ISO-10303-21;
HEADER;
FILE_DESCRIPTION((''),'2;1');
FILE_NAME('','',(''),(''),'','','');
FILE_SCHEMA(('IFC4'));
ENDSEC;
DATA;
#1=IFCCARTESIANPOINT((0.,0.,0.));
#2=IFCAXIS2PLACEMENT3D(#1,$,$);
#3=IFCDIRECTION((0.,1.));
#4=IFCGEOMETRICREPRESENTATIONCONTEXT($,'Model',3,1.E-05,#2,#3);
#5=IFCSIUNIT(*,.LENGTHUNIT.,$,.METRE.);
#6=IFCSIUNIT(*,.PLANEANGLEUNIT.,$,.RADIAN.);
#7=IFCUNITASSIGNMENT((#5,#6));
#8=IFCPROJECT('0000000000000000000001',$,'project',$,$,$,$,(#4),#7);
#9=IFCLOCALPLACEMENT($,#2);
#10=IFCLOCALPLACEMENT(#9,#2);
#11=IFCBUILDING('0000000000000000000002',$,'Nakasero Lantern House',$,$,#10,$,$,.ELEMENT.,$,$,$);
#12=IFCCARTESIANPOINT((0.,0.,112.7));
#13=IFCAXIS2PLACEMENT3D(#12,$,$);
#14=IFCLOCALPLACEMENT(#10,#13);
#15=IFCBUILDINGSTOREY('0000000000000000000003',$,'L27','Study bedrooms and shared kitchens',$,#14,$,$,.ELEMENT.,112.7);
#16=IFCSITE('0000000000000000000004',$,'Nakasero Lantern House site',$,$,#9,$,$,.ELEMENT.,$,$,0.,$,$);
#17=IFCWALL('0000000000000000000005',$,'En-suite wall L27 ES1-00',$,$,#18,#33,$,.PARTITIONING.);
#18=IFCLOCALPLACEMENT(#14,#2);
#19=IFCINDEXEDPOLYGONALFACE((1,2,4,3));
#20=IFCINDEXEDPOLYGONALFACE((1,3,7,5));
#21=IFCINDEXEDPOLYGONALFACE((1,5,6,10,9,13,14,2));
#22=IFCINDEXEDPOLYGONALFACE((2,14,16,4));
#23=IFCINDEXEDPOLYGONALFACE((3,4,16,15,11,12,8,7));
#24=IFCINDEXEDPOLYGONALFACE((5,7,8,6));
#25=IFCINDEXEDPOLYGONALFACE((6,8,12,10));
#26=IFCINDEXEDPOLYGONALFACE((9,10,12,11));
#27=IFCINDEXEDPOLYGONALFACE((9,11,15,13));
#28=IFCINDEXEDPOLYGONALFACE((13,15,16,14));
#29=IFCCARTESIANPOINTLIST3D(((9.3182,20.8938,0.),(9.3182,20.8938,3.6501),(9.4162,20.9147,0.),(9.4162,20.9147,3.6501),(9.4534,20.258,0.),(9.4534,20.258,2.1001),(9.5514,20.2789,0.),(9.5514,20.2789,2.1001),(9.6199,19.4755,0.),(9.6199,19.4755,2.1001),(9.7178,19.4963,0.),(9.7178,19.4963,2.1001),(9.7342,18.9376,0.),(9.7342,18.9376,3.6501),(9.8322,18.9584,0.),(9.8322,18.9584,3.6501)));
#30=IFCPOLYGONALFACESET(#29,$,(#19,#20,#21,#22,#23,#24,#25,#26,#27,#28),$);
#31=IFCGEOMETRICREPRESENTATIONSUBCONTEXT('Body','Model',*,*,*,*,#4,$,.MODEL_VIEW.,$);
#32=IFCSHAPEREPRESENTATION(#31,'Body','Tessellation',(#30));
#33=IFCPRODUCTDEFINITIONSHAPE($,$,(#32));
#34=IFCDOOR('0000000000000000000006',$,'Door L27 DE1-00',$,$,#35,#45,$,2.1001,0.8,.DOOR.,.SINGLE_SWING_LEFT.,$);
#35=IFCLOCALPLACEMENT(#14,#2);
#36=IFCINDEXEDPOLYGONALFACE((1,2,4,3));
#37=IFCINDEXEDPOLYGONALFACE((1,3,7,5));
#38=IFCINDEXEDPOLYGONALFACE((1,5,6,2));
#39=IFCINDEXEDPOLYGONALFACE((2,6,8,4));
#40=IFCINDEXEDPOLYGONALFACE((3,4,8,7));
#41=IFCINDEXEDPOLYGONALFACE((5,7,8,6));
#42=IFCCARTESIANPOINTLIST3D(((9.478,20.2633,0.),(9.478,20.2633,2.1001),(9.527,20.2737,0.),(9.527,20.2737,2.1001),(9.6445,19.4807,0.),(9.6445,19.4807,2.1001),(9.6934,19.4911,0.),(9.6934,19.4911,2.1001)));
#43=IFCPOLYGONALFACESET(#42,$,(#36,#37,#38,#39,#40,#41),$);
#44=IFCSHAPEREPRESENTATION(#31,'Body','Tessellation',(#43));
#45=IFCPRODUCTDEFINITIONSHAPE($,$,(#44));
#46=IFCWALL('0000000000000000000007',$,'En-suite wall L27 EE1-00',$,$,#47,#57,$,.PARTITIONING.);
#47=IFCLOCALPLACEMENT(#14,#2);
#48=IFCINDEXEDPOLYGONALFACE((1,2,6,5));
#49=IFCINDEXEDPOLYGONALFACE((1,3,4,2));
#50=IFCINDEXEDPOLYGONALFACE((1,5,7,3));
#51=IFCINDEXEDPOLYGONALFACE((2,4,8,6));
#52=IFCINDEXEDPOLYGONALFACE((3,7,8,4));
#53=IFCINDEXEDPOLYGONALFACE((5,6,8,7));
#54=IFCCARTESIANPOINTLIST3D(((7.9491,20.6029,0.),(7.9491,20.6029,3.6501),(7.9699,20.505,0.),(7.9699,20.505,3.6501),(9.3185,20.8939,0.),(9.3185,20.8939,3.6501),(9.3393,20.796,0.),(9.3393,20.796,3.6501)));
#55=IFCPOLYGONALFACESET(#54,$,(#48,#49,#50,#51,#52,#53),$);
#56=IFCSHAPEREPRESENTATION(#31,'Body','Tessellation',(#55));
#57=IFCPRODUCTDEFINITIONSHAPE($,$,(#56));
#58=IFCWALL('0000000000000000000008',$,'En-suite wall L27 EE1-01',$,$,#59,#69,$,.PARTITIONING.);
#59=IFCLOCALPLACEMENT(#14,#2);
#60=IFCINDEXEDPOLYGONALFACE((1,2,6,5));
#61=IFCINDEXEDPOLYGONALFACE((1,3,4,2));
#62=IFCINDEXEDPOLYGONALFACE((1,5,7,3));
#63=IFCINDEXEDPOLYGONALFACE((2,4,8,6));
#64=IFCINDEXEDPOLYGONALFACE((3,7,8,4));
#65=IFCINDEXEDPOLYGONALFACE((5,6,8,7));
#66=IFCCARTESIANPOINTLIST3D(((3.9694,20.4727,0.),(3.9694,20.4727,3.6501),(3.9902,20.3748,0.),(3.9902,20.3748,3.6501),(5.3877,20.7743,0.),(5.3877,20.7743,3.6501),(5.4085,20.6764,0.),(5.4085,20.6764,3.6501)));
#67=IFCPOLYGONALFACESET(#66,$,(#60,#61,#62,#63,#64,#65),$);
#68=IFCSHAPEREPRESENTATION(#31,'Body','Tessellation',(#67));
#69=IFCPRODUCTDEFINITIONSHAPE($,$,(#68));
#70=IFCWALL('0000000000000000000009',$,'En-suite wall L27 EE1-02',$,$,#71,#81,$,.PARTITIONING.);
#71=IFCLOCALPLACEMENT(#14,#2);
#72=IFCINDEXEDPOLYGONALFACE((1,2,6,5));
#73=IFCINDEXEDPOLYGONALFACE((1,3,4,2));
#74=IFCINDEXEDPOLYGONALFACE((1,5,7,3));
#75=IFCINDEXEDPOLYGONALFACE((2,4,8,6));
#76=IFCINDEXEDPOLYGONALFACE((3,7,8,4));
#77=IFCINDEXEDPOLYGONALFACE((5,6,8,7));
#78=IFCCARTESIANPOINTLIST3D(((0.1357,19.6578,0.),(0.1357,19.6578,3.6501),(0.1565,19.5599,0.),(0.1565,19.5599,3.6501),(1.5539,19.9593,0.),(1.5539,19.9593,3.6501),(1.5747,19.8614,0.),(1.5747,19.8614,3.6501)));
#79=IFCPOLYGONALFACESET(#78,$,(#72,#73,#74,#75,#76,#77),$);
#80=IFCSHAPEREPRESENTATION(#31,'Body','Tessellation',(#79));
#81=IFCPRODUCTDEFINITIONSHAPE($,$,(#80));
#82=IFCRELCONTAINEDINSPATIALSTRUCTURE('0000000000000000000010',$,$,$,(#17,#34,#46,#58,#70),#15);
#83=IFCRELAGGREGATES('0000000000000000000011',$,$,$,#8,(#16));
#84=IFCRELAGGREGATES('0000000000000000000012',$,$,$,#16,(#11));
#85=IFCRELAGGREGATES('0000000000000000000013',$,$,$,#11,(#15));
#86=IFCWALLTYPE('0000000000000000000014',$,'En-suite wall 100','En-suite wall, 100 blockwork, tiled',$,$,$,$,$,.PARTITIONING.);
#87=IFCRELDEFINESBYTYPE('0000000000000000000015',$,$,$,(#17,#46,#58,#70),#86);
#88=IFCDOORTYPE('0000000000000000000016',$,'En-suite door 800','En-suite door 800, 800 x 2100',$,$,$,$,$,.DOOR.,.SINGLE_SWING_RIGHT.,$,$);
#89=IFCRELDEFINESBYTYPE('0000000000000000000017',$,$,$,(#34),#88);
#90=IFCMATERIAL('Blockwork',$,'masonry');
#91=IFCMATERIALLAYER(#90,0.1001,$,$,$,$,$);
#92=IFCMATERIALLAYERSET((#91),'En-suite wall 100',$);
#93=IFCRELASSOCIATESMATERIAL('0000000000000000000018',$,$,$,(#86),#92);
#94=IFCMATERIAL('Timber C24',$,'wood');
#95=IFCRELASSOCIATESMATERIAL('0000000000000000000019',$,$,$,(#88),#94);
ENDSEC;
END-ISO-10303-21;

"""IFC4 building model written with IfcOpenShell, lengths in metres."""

from ifc_helpers import new_model, si_unit, direction, frame, frame_2d, origin, place, context, subcontext, project, spatial, rectangle, extrude, material, layer, layer_set, type_object, element, fill, save


model = new_model("IFC4")

# Units and contexts
model_context = context("Model", 3, precision=1e-05, world=origin(), true_north=direction((0.0, 1.0)))
body_context = subcontext(model_context, "Body", "Model", "MODEL_VIEW")
ifc_project = project(units=[si_unit("LENGTHUNIT", "METRE"), si_unit("PLANEANGLEUNIT", "RADIAN")], contexts=[model_context])

# Site, building, storey
site_placement = place(None, origin())
site = spatial("IfcSite", under=ifc_project, at=site_placement, Name="Nakasero Lantern House site", CompositionType="ELEMENT", RefElevation=0.0)
building_placement = place(site_placement, origin())
building = spatial("IfcBuilding", under=site, at=building_placement, Name="Nakasero Lantern House", CompositionType="ELEMENT")
storey_placement = place(building_placement, frame((0.0, 0.0, 112.7)))
storey = spatial("IfcBuildingStorey", under=building, at=storey_placement, Name="L27", Description="Study bedrooms and shared kitchens", CompositionType="ELEMENT", Elevation=112.7)

# Shared definitions
ifc_material_1 = material(Name="Blockwork", Category="masonry")
ifc_layer_1 = layer(ifc_material_1, 0.1001)
ifc_layer_set_1 = layer_set([ifc_layer_1], Name="En-suite wall 100")
wall_type_1 = type_object("IfcWallType", Name="En-suite wall 100", Description="En-suite wall, 100 blockwork, tiled", PredefinedType="PARTITIONING", material=ifc_layer_set_1)

# Wall, opening, door
wall_1_placement = place(storey_placement, frame((9.7832, 18.948, 0.0), z_axis=(0.0, 0.0, 1.0), x_axis=(-0.208003, 0.978128, 0.0)))
wall_1 = element("IfcWall", 1, at=wall_1_placement, inside=storey, type_object=wall_type_1, Name="En-suite wall L27 ES1-00", PredefinedType="PARTITIONING", context=body_context, shape_type="SweptSolid", body=[
    extrude(rectangle(XDim=2.0, YDim=0.1001, at=frame_2d((1.0, 0.0))), origin(), (0.0, 0.0, 1.0), 3.6501),
])
opening_1_placement = place(wall_1_placement, frame((0.55, 0.0, 0.0)))
opening_1 = element("IfcOpeningElement", 2, at=opening_1_placement, cuts=wall_1, PredefinedType="OPENING", context=body_context, shape_type="SweptSolid", body=[
    extrude(rectangle(XDim=0.8, YDim=2.1001, at=frame_2d((0.3999, 1.05))), frame((0.0, 0.0701, 0.0), z_axis=(0.0, -1.0, 0.0), x_axis=(1.0, 0.0, 0.0)), (0.0, 0.0, 1.0), 0.1401),
])
ifc_material_2 = material(Name="Timber C24", Category="wood")
door_type_1 = type_object("IfcDoorType", Name="En-suite door 800", Description="En-suite door 800, 800 x 2100", OperationType="SINGLE_SWING_RIGHT", PredefinedType="DOOR", material=ifc_material_2)
door_1_placement = place(opening_1_placement, origin())
door_1 = element("IfcDoor", 3, at=door_1_placement, inside=storey, type_object=door_type_1, Name="Door L27 DE1-00", OperationType="SINGLE_SWING_LEFT", OverallHeight=2.1001, OverallWidth=0.8, PredefinedType="DOOR", context=body_context, shape_type="SweptSolid", body=[
    extrude(rectangle(XDim=0.8, YDim=2.1001, at=frame_2d((0.3999, 1.05))), frame((0.0, 0.0249, 0.0), z_axis=(0.0, -1.0, 0.0), x_axis=(1.0, 0.0, 0.0)), (0.0, 0.0, 1.0), 0.05),
])
fill(opening_1, door_1)

# Walls
wall_2_placement = place(storey_placement, frame((9.3289, 20.845, 0.0), z_axis=(0.0, 0.0, 1.0), x_axis=(-0.978156, -0.207873, 0.0)))
element("IfcWall", 4, at=wall_2_placement, inside=storey, type_object=wall_type_1, Name="En-suite wall L27 EE1-00", PredefinedType="PARTITIONING", context=body_context, shape_type="SweptSolid", body=[
    extrude(rectangle(XDim=1.3999, YDim=0.1001, at=frame_2d((0.7, 0.0))), origin(), (0.0, 0.0, 1.0), 3.6501),
])
for number, where, z_axis, x_axis, name in (
    (5, (5.3982, 20.7253, 0.0), (0.0, 0.0, 1.0), (-0.978139, -0.207953, 0.0), "En-suite wall L27 EE1-01"),
    (6, (1.5645, 19.9104, 0.0), (0.0, 0.0, 1.0), (-0.978139, -0.207953, 0.0), "En-suite wall L27 EE1-02"),
):
    element("IfcWall", number, at=place(storey_placement, frame(where, z_axis=z_axis, x_axis=x_axis)), inside=storey, type_object=wall_type_1, Name=name, PredefinedType="PARTITIONING", context=body_context, shape_type="SweptSolid", body=[
        extrude(rectangle(XDim=1.45, YDim=0.1001, at=frame_2d((0.7251, 0.0))), origin(), (0.0, 0.0, 1.0), 3.6501),
    ])

save(model, "model.ifc")
